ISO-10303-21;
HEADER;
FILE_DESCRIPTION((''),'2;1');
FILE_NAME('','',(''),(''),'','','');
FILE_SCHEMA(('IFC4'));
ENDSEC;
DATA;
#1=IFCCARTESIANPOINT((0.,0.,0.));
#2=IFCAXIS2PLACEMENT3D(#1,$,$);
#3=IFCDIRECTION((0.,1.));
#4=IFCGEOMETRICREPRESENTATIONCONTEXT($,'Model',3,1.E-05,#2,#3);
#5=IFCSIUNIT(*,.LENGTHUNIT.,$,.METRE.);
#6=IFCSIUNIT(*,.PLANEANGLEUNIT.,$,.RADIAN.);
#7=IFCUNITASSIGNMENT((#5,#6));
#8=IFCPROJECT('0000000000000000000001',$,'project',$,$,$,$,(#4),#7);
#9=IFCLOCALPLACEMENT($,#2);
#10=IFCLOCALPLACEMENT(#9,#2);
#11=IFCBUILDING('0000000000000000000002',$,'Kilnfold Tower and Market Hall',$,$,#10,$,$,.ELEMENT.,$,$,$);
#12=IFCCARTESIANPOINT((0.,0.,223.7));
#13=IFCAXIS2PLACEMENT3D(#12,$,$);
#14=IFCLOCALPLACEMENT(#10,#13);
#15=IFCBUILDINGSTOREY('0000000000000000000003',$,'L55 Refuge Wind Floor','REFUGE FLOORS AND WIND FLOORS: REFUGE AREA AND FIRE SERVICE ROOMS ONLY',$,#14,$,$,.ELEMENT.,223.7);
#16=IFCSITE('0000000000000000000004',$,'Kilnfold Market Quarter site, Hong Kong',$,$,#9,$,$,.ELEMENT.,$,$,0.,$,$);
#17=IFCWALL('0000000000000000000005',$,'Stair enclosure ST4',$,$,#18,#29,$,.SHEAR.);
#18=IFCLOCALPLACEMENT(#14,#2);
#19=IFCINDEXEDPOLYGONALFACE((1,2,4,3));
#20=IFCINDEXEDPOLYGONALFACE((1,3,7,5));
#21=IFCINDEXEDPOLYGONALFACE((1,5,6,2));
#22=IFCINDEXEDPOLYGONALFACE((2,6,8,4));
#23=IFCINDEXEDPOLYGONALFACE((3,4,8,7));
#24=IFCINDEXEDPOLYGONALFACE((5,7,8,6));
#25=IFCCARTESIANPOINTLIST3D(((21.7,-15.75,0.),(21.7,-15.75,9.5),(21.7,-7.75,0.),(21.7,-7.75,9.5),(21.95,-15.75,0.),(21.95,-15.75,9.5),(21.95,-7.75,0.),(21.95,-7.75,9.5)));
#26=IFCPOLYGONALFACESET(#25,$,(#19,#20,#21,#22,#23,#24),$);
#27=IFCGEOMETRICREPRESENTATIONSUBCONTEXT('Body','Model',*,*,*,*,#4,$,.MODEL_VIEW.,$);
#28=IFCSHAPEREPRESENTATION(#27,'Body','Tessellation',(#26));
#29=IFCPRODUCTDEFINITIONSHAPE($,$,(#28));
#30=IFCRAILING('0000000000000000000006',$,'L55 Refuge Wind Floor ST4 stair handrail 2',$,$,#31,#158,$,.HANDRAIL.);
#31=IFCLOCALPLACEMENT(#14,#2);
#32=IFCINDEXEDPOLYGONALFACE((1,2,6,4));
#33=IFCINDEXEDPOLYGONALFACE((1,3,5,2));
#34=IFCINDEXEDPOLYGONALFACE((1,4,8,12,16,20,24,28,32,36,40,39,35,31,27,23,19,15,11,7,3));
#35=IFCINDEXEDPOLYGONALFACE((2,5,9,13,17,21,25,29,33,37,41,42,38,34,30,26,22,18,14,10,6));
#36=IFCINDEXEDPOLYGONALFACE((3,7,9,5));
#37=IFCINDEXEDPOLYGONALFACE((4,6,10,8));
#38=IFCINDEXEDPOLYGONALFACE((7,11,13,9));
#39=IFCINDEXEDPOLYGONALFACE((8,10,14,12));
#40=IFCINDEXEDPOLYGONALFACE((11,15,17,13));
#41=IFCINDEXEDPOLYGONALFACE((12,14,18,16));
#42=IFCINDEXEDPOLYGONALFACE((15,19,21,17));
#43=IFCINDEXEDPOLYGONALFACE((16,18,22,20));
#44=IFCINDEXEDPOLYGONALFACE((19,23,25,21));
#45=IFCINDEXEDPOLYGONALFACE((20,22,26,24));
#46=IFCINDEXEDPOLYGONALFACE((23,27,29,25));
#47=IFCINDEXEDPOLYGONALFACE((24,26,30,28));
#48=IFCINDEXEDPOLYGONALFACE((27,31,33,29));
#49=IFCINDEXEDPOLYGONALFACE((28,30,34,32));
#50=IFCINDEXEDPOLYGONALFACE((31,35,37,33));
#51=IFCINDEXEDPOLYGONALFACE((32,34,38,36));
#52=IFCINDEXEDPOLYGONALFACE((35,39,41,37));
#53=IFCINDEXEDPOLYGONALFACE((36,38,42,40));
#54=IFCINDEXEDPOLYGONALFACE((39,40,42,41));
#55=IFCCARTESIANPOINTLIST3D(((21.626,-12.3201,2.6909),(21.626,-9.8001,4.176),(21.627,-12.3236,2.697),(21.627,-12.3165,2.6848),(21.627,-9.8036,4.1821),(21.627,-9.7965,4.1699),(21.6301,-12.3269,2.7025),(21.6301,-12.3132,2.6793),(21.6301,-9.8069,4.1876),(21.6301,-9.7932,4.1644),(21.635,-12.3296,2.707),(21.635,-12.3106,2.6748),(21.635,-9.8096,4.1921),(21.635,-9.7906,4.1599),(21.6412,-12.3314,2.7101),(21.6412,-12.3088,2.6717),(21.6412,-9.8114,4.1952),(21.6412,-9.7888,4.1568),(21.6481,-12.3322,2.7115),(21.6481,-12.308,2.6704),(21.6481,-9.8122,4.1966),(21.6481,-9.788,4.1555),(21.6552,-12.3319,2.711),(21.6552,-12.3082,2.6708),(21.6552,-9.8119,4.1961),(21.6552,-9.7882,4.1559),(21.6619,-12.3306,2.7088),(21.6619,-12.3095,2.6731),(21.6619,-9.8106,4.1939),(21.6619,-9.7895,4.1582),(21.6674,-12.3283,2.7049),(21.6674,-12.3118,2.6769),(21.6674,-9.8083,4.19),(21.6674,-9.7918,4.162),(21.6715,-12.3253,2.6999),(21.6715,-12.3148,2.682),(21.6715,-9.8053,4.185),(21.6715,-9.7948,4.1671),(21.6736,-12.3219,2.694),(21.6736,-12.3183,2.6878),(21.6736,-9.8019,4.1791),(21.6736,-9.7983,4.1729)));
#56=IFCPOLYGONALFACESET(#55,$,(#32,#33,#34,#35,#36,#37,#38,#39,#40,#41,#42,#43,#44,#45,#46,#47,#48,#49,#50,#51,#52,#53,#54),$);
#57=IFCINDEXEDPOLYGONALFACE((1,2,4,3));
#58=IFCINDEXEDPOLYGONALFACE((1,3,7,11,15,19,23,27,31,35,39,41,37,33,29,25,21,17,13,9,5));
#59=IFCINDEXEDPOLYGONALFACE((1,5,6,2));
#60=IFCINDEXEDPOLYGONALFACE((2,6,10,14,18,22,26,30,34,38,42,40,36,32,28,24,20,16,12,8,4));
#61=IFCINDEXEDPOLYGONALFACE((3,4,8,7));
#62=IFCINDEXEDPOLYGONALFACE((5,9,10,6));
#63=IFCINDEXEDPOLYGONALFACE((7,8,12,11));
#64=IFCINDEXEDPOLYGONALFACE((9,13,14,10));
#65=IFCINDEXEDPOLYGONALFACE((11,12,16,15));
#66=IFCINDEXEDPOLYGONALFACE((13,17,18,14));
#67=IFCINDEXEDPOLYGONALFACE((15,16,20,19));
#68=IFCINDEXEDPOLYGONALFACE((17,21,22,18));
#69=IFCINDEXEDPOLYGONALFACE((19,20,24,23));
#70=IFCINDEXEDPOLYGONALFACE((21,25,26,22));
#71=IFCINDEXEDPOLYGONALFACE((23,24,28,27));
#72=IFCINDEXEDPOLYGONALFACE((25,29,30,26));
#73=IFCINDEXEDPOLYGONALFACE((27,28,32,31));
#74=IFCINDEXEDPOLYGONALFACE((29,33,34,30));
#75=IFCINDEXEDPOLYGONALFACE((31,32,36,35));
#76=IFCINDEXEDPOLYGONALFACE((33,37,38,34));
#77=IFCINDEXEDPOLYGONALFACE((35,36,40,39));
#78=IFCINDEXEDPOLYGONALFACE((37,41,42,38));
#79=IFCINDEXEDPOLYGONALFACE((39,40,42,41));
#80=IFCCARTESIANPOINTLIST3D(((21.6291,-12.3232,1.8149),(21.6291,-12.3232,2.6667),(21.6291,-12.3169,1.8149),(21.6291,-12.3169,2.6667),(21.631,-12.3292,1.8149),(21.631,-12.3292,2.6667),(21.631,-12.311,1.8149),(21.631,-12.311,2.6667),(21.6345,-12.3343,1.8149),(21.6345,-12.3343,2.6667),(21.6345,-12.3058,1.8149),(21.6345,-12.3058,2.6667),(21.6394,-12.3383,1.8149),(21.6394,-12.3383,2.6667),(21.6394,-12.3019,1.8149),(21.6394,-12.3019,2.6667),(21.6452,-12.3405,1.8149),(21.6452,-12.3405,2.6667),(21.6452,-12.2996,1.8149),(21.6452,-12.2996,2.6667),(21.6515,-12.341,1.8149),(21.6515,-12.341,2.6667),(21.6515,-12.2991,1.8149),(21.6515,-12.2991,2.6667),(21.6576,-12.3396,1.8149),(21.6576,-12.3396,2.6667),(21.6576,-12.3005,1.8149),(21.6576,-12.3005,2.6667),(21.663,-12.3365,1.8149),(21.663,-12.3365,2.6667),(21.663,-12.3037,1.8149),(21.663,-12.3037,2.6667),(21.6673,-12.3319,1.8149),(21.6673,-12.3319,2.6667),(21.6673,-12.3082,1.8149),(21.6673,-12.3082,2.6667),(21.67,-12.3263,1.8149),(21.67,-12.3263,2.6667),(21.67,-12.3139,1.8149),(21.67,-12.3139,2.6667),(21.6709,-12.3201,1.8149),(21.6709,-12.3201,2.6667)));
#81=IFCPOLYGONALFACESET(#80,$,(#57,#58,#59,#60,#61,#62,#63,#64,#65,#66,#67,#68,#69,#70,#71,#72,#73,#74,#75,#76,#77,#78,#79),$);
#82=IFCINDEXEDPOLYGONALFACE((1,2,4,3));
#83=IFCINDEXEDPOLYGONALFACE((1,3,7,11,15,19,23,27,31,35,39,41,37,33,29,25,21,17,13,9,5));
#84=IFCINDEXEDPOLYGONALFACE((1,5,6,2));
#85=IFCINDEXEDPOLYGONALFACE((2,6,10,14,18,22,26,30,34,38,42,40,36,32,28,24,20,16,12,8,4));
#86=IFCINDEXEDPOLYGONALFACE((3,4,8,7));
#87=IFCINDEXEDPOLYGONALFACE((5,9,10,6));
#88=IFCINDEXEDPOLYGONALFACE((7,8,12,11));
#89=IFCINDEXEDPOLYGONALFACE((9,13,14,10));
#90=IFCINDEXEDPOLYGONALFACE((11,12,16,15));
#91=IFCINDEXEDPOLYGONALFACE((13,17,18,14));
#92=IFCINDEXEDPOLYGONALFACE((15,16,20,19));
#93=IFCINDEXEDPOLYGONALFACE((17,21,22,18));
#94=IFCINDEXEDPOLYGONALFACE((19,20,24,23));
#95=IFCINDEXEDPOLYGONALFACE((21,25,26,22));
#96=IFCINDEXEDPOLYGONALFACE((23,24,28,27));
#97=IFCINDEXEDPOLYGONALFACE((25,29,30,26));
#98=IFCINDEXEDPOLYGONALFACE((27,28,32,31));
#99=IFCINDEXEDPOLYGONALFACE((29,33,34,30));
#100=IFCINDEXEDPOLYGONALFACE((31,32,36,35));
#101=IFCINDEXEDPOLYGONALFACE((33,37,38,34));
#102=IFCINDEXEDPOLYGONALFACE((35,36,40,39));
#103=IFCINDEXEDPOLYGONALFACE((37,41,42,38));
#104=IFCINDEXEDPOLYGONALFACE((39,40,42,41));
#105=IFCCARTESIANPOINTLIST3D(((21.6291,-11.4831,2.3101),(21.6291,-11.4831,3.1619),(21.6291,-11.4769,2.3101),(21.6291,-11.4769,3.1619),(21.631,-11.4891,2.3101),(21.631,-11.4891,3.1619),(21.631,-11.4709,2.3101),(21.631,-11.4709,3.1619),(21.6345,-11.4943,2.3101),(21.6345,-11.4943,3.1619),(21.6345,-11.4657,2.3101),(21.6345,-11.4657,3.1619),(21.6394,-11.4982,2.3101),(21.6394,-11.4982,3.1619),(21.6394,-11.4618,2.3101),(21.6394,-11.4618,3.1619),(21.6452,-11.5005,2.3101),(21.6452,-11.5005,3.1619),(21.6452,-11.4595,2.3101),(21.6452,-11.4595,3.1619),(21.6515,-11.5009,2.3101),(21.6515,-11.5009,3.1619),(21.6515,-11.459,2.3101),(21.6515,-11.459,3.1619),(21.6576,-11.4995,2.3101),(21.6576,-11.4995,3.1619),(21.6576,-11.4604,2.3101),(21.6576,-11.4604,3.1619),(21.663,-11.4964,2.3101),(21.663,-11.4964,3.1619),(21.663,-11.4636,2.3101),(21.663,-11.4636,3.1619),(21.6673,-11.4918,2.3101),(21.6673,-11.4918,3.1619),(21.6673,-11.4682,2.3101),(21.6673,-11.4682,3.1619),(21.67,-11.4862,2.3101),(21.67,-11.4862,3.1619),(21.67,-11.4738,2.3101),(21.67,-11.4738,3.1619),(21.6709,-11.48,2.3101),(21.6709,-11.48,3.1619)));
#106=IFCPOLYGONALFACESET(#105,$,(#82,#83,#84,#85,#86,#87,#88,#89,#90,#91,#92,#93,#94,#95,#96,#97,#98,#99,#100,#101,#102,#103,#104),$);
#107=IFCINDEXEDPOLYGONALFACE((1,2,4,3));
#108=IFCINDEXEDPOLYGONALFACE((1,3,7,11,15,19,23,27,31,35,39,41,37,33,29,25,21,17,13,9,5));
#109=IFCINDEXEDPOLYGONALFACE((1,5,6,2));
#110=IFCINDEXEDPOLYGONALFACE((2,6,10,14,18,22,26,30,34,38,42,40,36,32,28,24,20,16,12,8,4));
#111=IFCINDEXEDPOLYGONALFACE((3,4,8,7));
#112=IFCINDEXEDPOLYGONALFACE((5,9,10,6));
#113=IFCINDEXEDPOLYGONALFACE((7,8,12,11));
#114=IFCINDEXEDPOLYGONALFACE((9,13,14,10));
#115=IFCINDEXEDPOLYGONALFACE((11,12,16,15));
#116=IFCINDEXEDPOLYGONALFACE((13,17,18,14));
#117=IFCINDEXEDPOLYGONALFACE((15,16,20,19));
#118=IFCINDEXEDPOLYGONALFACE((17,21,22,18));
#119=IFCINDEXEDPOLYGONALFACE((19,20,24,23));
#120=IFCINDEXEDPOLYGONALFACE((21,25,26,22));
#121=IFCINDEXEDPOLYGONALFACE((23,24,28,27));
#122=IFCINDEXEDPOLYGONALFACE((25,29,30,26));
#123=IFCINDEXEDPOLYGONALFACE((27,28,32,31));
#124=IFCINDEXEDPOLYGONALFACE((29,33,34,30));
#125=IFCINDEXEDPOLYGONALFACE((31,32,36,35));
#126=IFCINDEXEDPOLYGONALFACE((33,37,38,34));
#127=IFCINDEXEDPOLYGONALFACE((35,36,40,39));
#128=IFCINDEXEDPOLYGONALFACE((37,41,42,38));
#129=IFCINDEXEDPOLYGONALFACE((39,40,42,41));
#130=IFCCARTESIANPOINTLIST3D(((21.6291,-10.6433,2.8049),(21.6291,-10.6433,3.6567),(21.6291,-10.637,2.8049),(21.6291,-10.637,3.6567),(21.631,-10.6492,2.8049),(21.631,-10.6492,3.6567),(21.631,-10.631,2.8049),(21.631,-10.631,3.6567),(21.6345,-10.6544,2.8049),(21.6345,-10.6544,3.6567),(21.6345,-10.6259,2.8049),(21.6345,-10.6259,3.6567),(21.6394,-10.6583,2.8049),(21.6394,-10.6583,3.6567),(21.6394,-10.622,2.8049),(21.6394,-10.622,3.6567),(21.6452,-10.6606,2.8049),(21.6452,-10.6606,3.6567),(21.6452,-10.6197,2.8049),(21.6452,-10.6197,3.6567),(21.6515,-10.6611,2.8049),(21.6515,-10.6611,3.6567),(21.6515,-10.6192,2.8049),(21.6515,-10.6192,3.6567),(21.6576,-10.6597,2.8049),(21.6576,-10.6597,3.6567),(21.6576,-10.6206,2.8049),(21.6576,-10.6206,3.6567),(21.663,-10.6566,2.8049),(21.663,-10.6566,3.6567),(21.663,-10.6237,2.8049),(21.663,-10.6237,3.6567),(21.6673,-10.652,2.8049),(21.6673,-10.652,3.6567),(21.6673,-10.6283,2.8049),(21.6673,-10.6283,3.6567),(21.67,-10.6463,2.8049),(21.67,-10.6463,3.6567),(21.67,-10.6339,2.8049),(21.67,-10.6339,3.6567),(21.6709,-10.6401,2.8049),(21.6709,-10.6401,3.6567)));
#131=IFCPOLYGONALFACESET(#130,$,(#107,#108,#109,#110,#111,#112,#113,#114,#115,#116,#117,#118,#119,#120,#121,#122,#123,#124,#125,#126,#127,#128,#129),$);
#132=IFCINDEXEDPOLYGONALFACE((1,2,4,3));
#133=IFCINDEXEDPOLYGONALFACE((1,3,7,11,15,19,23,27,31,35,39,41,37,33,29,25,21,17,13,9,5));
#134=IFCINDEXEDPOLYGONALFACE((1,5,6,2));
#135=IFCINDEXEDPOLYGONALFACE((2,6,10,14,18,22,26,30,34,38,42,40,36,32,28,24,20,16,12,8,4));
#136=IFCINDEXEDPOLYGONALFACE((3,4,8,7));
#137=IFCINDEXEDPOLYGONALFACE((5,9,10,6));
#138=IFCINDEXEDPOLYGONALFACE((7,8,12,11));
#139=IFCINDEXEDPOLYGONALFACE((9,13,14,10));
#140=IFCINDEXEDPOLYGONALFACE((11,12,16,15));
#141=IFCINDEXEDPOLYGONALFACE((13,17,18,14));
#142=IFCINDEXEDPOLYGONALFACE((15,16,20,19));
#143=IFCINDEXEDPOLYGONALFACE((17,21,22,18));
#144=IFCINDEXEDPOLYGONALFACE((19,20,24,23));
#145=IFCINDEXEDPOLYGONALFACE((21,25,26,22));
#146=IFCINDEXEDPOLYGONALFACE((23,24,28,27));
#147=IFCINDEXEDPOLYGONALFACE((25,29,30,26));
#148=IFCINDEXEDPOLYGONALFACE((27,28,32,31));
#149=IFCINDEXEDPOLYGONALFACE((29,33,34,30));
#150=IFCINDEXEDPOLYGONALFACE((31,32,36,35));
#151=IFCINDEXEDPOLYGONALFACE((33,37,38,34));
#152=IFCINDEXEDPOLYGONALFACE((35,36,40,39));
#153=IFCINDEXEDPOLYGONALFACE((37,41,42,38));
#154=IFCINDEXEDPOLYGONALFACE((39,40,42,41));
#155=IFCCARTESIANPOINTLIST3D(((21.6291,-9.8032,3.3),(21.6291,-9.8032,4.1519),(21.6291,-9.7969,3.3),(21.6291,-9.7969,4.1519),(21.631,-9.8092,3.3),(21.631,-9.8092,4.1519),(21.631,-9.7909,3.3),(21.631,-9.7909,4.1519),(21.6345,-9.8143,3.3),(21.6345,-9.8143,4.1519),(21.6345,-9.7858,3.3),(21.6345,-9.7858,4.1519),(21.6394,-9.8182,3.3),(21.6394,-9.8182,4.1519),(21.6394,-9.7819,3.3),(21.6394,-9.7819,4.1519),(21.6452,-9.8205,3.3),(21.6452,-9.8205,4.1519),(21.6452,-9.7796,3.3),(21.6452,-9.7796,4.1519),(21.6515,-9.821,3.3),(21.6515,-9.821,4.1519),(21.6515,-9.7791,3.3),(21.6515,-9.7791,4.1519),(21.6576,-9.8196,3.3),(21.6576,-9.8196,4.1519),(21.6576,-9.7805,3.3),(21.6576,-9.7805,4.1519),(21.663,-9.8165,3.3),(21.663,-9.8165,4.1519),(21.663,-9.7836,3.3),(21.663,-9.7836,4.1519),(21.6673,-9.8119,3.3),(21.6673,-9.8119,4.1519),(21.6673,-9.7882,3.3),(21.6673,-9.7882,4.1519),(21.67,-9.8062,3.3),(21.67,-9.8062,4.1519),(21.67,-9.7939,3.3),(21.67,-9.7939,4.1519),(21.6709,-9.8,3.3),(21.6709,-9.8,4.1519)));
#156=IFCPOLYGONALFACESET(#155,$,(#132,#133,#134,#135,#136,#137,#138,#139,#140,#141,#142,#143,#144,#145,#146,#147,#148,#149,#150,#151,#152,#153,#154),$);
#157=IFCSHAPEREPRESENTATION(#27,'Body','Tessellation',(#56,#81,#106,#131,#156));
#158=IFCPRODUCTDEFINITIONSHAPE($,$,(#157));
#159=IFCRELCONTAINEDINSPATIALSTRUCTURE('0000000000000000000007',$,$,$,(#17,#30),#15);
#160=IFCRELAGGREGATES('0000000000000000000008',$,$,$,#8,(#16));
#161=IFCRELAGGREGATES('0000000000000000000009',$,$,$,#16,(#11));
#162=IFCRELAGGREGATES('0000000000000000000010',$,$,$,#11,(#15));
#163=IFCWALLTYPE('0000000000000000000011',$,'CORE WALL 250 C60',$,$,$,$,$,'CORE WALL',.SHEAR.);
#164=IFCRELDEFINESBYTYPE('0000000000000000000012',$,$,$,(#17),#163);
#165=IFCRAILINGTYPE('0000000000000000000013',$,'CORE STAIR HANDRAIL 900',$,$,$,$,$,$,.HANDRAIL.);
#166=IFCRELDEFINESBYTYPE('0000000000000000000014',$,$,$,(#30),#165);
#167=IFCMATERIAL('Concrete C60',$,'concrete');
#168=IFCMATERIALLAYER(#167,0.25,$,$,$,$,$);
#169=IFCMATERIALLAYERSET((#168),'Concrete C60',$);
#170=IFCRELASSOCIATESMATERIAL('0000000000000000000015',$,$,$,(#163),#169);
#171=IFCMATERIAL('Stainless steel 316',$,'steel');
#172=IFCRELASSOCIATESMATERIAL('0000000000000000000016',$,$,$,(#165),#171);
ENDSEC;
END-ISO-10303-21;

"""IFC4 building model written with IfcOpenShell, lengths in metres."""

from ifc_helpers import new_model, si_unit, direction, frame, frame_2d, origin, origin_2d, place, context, subcontext, project, spatial, rectangle, circle, extrude, source, transform, mapped, material, layer, layer_set, type_object, element, save


model = new_model("IFC4")

# Units and contexts
model_context = context("Model", 3, precision=1e-05, world=origin(), true_north=direction((0.0, 1.0)))
body_context = subcontext(model_context, "Body", "Model", "MODEL_VIEW")
ifc_project = project(units=[si_unit("LENGTHUNIT", "METRE"), si_unit("PLANEANGLEUNIT", "RADIAN")], contexts=[model_context])

# Site, building, storey
site_placement = place(None, origin())
site = spatial("IfcSite", under=ifc_project, at=site_placement, Name="Kilnfold Market Quarter site, Hong Kong", CompositionType="ELEMENT", RefElevation=0.0)
building_placement = place(site_placement, origin())
building = spatial("IfcBuilding", under=site, at=building_placement, Name="Kilnfold Tower and Market Hall", CompositionType="ELEMENT")
storey_placement = place(building_placement, frame((0.0, 0.0, 223.7)))
storey = spatial("IfcBuildingStorey", under=building, at=storey_placement, Name="L55 Refuge Wind Floor", Description="REFUGE FLOORS AND WIND FLOORS: REFUGE AREA AND FIRE SERVICE ROOMS ONLY", CompositionType="ELEMENT", Elevation=223.7)

# Wall
ifc_material_1 = material(Name="Concrete C60", Category="concrete")
ifc_layer_1 = layer(ifc_material_1, 0.25)
ifc_layer_set_1 = layer_set([ifc_layer_1], Name="Concrete C60")
wall_type_1 = type_object("IfcWallType", Name="CORE WALL 250 C60", ElementType="CORE WALL", PredefinedType="SHEAR", material=ifc_layer_set_1)
shared_shape_1 = source(origin(), body_context, "Body", "SweptSolid", [
    extrude(rectangle(XDim=8.0, YDim=0.25, at=frame_2d((4.0, 0.0))), origin(), (0.0, 0.0, 1.0), 9.5),
])
for number, where, z_axis, x_axis, name in (
    (1, (21.825, -15.75, 0.0), (0.0, 0.0, 1.0), (0.0, 1.0, 0.0), "Stair enclosure ST4"),
):
    element("IfcWall", number, at=place(storey_placement, frame(where, z_axis=z_axis, x_axis=x_axis)), inside=storey, type_object=wall_type_1, Name=name, PredefinedType="SHEAR", context=body_context, shape_type="MappedRepresentation", body=[
        mapped(shared_shape_1, transform((0.0, 0.0, 0.0))),
    ])

# Railing
ifc_material_2 = material(Name="Stainless steel 316", Category="steel")
railing_type_1 = type_object("IfcRailingType", Name="CORE STAIR HANDRAIL 900", PredefinedType="HANDRAIL", material=ifc_material_2)
for number, where, name in (
    (2, (21.6499, -12.3201, 1.8149), "L55 Refuge Wind Floor ST4 stair handrail 2"),
):
    element("IfcRailing", number, at=place(storey_placement, frame(where)), inside=storey, type_object=railing_type_1, Name=name, PredefinedType="HANDRAIL", context=body_context, shape_type="SweptSolid", body=[
        extrude(circle(Radius=0.0239, at=origin_2d()), frame((0.0, 0.0, 0.876), z_axis=(0.0, 0.861524, 0.507717), x_axis=(-1.0, 0.0, 0.0)), (0.0, 0.0, 1.0), 2.925),
        extrude(circle(Radius=0.021, at=origin_2d()), origin(), (0.0, 0.0, 1.0), 0.8518),
        extrude(circle(Radius=0.021, at=origin_2d()), frame((0.0, 0.8401, 0.4951)), (0.0, 0.0, 1.0), 0.8518),
        extrude(circle(Radius=0.021, at=origin_2d()), frame((0.0, 1.6799, 0.99)), (0.0, 0.0, 1.0), 0.8518),
        extrude(circle(Radius=0.021, at=origin_2d()), frame((0.0, 2.52, 1.4851)), (0.0, 0.0, 1.0), 0.8518),
    ])

save(model, "model.ifc")
